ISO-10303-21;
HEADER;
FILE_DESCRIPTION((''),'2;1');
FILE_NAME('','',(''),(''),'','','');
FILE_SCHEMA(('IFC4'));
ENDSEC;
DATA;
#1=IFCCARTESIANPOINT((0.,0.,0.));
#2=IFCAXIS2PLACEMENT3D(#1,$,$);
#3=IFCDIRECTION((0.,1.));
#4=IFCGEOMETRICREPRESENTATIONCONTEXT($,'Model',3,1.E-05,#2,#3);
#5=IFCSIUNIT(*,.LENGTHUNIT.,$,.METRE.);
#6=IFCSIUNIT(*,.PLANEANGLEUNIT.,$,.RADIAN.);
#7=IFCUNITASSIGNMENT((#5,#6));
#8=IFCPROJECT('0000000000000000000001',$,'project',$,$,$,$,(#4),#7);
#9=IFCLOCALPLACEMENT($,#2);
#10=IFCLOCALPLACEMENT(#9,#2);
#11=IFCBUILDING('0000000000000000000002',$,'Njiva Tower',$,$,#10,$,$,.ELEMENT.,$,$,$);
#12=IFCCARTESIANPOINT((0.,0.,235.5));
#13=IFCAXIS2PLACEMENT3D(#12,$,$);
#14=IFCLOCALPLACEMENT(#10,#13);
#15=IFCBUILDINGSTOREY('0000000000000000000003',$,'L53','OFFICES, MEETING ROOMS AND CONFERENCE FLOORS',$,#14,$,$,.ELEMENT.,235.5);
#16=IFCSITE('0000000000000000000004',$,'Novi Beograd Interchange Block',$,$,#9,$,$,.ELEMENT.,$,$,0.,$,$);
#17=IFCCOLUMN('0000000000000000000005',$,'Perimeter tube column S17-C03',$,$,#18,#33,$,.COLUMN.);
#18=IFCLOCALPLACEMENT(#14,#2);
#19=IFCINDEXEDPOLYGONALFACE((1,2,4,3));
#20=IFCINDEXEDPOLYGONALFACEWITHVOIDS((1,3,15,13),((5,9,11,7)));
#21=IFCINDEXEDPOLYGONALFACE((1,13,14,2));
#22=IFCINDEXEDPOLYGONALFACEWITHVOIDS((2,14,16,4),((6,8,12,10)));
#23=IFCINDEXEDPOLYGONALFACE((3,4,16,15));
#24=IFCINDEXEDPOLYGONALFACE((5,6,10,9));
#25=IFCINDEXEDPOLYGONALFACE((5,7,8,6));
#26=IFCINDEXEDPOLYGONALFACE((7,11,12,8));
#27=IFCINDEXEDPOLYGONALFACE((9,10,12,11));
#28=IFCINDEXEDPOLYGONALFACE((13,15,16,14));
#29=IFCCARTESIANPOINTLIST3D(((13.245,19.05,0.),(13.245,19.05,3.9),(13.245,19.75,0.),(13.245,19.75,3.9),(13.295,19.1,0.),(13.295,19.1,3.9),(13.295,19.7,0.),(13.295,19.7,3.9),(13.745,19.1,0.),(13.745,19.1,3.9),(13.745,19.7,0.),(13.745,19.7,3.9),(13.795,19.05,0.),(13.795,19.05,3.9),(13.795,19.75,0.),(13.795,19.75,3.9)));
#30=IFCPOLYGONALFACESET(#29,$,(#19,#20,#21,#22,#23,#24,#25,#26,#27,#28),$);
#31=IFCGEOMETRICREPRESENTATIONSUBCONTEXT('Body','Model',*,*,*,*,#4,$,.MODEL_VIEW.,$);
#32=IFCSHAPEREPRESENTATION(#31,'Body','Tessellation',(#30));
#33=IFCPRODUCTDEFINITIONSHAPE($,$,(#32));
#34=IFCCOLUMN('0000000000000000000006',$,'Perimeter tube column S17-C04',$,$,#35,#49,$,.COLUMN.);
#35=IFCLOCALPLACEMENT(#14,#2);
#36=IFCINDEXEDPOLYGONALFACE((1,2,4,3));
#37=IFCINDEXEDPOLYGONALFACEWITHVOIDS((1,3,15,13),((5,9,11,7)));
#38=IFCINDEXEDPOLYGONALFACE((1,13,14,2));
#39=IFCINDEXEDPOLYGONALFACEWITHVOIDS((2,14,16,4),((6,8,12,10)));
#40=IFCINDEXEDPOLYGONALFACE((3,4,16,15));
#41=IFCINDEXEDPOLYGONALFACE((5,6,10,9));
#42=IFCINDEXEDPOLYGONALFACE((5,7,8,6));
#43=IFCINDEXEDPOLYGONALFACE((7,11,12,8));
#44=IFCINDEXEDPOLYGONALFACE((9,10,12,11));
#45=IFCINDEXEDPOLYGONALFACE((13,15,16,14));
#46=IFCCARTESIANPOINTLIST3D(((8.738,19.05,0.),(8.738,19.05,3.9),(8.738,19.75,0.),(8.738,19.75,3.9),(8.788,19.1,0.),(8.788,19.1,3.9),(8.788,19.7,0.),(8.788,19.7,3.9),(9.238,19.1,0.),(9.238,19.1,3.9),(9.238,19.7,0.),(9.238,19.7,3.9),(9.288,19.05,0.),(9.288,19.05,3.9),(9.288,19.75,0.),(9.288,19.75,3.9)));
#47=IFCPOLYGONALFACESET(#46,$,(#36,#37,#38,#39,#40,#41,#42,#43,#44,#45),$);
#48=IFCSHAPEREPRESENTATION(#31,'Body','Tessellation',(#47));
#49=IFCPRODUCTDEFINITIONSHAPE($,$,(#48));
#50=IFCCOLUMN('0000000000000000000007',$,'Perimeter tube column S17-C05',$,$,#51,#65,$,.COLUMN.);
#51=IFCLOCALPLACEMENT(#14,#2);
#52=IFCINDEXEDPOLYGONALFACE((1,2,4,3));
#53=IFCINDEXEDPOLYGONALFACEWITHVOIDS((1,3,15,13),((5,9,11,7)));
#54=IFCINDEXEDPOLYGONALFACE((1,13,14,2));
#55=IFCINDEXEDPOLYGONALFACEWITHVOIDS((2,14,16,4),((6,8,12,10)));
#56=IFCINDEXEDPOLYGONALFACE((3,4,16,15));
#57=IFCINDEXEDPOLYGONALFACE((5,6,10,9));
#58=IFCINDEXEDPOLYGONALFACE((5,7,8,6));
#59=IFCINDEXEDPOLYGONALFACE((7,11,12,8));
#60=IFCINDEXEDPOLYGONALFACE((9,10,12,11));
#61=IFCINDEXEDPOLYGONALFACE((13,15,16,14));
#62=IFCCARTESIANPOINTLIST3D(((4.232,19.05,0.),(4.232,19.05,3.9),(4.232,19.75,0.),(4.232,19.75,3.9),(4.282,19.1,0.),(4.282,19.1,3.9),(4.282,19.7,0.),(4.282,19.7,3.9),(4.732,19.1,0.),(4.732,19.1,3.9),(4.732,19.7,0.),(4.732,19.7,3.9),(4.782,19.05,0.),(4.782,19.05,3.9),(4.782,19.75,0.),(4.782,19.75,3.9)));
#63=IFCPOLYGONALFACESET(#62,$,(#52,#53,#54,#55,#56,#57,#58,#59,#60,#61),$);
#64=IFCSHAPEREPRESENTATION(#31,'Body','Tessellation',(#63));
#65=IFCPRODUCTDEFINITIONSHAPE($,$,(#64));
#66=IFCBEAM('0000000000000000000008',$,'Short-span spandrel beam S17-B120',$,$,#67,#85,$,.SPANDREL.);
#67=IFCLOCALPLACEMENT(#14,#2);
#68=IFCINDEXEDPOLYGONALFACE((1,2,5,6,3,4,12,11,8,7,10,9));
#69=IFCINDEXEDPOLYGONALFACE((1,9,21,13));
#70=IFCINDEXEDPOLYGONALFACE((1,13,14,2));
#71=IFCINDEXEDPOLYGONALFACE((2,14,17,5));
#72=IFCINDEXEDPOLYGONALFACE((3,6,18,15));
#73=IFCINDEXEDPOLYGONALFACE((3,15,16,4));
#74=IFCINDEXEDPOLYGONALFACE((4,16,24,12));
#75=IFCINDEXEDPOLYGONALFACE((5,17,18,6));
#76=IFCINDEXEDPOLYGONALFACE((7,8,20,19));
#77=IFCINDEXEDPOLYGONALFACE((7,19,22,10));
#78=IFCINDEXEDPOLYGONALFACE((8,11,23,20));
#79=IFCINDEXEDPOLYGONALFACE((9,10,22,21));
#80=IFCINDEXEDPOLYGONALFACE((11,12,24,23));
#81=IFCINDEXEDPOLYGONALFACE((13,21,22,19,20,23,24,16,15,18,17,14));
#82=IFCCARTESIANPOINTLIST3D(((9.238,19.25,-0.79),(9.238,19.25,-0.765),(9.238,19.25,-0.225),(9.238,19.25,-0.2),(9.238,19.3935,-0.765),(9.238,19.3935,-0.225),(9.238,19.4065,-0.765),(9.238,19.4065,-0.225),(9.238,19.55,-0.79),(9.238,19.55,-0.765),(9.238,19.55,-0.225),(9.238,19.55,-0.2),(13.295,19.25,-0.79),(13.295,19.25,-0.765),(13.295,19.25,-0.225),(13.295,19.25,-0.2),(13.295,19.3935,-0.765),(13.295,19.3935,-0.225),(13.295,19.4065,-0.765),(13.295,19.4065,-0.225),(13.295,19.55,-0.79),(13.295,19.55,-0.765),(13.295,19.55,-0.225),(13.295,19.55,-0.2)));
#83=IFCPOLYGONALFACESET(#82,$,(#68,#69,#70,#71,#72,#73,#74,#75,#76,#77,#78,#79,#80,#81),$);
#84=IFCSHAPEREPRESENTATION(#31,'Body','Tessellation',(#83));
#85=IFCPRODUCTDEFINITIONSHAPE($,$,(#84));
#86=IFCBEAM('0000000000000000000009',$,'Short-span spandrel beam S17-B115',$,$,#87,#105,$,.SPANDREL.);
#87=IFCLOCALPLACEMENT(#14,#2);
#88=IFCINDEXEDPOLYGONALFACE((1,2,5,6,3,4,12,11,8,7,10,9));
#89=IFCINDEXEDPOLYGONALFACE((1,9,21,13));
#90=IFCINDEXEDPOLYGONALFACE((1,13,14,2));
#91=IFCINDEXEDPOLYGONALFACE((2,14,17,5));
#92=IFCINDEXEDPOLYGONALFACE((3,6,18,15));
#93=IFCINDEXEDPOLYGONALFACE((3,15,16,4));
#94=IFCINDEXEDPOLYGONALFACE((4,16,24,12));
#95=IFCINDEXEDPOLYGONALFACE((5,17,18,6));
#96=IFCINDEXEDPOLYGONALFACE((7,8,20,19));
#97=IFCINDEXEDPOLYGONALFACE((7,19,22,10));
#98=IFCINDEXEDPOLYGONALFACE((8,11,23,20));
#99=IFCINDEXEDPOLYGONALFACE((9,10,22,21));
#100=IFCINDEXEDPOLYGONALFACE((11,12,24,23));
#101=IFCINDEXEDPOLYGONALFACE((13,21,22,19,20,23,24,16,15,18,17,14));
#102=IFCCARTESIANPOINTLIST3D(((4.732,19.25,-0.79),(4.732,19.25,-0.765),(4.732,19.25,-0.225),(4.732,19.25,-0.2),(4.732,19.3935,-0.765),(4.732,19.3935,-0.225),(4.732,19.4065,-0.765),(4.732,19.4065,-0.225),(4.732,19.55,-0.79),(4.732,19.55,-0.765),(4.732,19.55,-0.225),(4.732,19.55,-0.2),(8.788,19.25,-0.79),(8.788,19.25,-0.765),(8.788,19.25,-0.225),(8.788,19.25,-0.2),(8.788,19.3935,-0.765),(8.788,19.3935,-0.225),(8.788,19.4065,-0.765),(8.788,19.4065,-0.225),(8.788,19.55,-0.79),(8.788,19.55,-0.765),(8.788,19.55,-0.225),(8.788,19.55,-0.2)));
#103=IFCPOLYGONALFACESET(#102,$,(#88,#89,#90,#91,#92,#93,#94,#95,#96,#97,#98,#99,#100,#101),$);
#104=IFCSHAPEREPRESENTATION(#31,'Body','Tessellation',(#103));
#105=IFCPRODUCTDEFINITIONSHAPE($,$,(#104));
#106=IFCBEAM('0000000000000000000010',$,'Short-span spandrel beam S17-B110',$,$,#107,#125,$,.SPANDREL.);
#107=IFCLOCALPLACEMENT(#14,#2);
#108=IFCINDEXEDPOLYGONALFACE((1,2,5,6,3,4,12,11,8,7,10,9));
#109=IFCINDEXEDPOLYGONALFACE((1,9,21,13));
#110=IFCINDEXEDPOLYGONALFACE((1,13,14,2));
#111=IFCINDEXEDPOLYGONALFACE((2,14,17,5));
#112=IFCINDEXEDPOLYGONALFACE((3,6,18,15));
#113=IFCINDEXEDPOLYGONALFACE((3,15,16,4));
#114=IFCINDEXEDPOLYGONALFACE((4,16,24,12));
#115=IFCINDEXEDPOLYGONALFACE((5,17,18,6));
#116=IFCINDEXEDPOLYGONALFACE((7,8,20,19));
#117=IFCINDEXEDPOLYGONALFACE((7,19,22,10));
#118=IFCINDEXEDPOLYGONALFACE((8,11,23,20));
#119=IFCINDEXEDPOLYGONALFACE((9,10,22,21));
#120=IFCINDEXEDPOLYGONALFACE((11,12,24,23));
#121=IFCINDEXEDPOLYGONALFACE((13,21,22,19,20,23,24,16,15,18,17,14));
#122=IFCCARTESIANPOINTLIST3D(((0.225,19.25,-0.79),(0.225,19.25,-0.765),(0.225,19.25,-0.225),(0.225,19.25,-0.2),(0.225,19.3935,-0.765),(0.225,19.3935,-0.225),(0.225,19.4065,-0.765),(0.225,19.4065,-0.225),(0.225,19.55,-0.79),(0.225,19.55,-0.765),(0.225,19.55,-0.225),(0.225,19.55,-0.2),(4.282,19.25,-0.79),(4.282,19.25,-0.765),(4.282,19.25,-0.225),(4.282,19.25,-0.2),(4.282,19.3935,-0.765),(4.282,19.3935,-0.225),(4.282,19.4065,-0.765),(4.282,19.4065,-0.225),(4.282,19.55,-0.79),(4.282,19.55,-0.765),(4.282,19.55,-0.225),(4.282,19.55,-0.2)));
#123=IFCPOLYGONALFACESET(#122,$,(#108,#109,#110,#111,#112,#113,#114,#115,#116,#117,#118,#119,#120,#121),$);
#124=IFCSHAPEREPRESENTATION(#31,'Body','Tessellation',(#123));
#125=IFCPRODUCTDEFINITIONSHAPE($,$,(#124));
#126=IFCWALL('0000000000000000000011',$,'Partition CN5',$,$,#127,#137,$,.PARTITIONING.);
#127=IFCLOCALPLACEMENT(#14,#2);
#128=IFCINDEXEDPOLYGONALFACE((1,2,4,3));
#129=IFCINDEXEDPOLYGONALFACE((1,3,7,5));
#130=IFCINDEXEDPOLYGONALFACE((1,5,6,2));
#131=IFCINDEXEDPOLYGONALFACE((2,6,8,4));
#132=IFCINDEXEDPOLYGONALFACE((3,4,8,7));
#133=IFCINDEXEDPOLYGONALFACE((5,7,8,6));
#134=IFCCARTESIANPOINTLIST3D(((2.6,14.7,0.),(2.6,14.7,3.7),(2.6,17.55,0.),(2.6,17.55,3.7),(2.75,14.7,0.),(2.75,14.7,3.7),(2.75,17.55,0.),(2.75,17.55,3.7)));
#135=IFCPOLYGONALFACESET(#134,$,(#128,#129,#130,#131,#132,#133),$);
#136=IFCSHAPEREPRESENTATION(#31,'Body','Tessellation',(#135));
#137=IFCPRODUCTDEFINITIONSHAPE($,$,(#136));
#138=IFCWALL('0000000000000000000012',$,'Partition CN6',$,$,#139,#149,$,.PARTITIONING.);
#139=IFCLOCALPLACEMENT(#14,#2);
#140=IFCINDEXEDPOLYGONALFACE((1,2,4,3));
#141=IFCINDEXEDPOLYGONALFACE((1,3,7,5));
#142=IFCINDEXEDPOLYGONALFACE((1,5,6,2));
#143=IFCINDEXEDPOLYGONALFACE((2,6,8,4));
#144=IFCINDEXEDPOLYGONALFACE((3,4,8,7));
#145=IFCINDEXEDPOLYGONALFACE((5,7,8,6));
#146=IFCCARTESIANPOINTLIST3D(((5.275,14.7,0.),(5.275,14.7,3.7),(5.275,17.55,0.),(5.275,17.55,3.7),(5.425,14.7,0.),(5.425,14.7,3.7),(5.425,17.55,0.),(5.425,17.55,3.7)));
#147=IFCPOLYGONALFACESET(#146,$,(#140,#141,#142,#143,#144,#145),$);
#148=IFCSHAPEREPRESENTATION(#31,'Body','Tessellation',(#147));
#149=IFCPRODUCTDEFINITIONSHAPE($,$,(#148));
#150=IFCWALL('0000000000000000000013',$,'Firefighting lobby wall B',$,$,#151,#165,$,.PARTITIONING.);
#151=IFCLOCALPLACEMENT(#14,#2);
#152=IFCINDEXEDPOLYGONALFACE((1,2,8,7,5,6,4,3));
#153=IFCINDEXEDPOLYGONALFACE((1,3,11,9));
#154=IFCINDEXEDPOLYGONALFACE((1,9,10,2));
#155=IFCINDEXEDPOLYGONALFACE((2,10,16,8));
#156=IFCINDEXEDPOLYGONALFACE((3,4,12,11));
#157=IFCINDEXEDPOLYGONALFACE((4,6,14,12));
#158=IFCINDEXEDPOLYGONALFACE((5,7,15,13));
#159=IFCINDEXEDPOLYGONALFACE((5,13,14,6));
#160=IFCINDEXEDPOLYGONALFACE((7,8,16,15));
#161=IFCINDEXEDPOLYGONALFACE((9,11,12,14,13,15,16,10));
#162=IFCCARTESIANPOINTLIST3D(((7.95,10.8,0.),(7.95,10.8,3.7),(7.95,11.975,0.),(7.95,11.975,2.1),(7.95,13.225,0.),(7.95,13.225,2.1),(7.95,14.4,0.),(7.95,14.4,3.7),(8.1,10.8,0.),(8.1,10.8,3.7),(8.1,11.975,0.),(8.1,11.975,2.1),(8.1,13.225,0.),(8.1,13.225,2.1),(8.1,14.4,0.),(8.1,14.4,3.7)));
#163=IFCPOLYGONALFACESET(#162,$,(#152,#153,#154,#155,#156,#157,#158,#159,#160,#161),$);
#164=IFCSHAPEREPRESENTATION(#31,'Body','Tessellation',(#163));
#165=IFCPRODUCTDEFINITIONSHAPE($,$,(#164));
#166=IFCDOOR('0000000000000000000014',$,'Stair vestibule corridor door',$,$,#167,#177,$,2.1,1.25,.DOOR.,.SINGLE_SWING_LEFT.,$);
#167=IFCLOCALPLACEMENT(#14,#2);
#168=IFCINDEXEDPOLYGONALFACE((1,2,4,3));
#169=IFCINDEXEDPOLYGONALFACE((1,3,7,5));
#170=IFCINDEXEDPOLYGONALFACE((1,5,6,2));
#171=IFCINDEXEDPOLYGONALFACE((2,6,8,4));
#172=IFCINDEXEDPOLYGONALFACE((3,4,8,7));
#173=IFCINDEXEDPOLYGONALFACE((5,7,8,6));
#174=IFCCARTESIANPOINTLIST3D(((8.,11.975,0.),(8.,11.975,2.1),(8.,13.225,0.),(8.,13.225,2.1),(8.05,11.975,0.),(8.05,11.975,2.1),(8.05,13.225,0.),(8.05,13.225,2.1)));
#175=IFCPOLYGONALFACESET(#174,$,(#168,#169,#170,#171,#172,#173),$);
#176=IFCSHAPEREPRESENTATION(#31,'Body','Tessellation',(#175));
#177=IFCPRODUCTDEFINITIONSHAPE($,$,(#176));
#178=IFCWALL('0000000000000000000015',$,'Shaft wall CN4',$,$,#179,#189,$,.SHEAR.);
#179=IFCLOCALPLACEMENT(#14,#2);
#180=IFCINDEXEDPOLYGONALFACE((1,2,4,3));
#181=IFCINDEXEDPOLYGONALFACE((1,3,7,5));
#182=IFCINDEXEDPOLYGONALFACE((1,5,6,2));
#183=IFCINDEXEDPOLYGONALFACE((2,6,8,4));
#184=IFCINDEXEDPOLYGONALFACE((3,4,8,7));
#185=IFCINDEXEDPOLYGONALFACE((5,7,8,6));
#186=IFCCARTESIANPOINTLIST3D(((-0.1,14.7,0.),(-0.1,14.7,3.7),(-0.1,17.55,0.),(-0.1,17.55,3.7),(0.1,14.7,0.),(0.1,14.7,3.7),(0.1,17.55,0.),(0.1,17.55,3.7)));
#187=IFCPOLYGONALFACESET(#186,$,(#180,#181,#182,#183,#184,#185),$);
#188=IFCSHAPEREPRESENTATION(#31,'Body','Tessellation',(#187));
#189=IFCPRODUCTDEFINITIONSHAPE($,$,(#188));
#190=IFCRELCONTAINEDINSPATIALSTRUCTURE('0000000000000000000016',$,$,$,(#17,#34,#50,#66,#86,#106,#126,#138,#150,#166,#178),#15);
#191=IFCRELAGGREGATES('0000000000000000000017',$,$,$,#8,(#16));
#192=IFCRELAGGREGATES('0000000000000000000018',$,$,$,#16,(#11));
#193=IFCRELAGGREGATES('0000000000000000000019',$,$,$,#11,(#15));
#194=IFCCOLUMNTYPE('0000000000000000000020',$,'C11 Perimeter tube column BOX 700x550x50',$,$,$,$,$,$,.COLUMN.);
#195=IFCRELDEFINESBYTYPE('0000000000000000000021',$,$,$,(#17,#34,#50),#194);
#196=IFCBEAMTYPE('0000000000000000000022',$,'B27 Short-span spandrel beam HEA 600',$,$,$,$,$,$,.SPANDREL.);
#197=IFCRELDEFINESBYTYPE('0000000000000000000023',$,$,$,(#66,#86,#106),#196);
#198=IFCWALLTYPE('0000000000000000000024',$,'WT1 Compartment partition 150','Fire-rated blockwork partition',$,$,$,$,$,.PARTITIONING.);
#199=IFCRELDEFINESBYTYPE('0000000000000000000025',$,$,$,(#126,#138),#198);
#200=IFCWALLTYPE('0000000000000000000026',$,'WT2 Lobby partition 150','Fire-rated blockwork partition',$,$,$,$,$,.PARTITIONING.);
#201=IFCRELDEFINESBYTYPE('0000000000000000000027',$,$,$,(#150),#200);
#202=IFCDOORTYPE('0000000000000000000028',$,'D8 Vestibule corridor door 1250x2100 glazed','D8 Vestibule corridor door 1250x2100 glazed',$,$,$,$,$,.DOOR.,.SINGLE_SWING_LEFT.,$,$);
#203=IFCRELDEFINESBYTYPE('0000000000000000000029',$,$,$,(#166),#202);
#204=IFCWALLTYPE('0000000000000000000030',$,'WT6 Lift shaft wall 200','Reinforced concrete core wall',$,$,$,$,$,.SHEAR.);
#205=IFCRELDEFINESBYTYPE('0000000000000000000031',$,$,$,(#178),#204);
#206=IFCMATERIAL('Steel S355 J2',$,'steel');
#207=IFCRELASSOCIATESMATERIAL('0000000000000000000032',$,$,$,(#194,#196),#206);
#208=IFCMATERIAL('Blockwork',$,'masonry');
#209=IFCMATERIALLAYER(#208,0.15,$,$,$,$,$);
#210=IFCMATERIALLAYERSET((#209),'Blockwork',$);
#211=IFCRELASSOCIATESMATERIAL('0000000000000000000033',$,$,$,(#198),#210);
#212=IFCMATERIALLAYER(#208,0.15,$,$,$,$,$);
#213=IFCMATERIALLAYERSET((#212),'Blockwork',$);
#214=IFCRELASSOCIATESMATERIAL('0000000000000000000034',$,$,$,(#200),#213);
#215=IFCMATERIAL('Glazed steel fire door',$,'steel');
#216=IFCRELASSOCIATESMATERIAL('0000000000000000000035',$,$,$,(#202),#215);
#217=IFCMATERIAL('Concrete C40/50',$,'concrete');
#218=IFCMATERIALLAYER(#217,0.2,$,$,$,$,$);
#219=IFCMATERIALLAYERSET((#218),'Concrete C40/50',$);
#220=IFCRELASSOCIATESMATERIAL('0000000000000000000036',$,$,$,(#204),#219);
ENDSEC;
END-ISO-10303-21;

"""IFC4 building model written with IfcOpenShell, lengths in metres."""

from ifc_helpers import new_model, si_unit, direction, frame, frame_2d, origin, origin_2d, place, context, subcontext, project, spatial, rectangle, hollow_rectangle, i_section, extrude, material, layer, layer_set, material_profile, profile_set, type_object, element, fill, save


model = new_model("IFC4")

# Units and contexts
model_context = context("Model", 3, precision=1e-05, world=origin(), true_north=direction((0.0, 1.0)))
body_context = subcontext(model_context, "Body", "Model", "MODEL_VIEW")
ifc_project = project(units=[si_unit("LENGTHUNIT", "METRE"), si_unit("PLANEANGLEUNIT", "RADIAN")], contexts=[model_context])

# Site, building, storey
site_placement = place(None, origin())
site = spatial("IfcSite", under=ifc_project, at=site_placement, Name="Novi Beograd Interchange Block", CompositionType="ELEMENT", RefElevation=0.0)
building_placement = place(site_placement, origin())
building = spatial("IfcBuilding", under=site, at=building_placement, Name="Njiva Tower", CompositionType="ELEMENT")
storey_placement = place(building_placement, frame((0.0, 0.0, 235.5)))
storey = spatial("IfcBuildingStorey", under=building, at=storey_placement, Name="L53", Description="OFFICES, MEETING ROOMS AND CONFERENCE FLOORS", CompositionType="ELEMENT", Elevation=235.5)

# Columns
ifc_material_1 = material(Name="Steel S355 J2", Category="steel")
ifc_material_profile_1 = material_profile(ifc_material_1, hollow_rectangle(XDim=0.55, YDim=0.7, WallThickness=0.05, at=origin_2d()), Name="BOX 700x550x50")
ifc_profile_set_1 = profile_set([ifc_material_profile_1], Name="Steel S355 J2")
column_type = type_object("IfcColumnType", Name="C11 Perimeter tube column BOX 700x550x50", PredefinedType="COLUMN", material=ifc_profile_set_1)
for number, where, z_axis, x_axis, name in (
    (1, (13.52, 19.4, 0.0), (0.0, 0.0, 1.0), (-1.0, 0.0, 0.0), "Perimeter tube column S17-C03"),
    (2, (9.013, 19.4, 0.0), (0.0, 0.0, 1.0), (-1.0, 0.0, 0.0), "Perimeter tube column S17-C04"),
    (3, (4.507, 19.4, 0.0), (0.0, 0.0, 1.0), (-1.0, 0.0, 0.0), "Perimeter tube column S17-C05"),
):
    element("IfcColumn", number, at=place(storey_placement, frame(where, z_axis=z_axis, x_axis=x_axis)), inside=storey, type_object=column_type, Name=name, PredefinedType="COLUMN", context=body_context, shape_type="SweptSolid", body=[
        extrude(hollow_rectangle(XDim=0.55, YDim=0.7, WallThickness=0.05, at=origin_2d()), origin(), (0.0, 0.0, 1.0), 3.9),
    ])

# Beams
ifc_material_profile_2 = material_profile(ifc_material_1, i_section(OverallWidth=0.3, OverallDepth=0.59, WebThickness=0.013, FlangeThickness=0.025, at=origin_2d()), Name="HEA 600")
ifc_profile_set_2 = profile_set([ifc_material_profile_2], Name="Steel S355 J2")
beam_type = type_object("IfcBeamType", Name="B27 Short-span spandrel beam HEA 600", PredefinedType="SPANDREL", material=ifc_profile_set_2)
beam_1_placement = place(storey_placement, frame((13.295, 19.4, -0.495), z_axis=(-1.0, 0.0, 0.0), x_axis=(0.0, -1.0, 0.0)))
element("IfcBeam", 4, at=beam_1_placement, inside=storey, type_object=beam_type, Name="Short-span spandrel beam S17-B120", PredefinedType="SPANDREL", context=body_context, shape_type="SweptSolid", body=[
    extrude(i_section(OverallWidth=0.3, OverallDepth=0.59, WebThickness=0.013, FlangeThickness=0.025, at=origin_2d()), origin(), (0.0, 0.0, 1.0), 4.057),
])
beam_2_placement = place(storey_placement, frame((8.788, 19.4, -0.495), z_axis=(-1.0, 0.0, 0.0), x_axis=(0.0, -1.0, 0.0)))
element("IfcBeam", 5, at=beam_2_placement, inside=storey, type_object=beam_type, Name="Short-span spandrel beam S17-B115", PredefinedType="SPANDREL", context=body_context, shape_type="SweptSolid", body=[
    extrude(i_section(OverallWidth=0.3, OverallDepth=0.59, WebThickness=0.013, FlangeThickness=0.025, at=origin_2d()), origin(), (0.0, 0.0, 1.0), 4.056),
])
beam_3_placement = place(storey_placement, frame((4.282, 19.4, -0.495), z_axis=(-1.0, 0.0, 0.0), x_axis=(0.0, -1.0, 0.0)))
element("IfcBeam", 6, at=beam_3_placement, inside=storey, type_object=beam_type, Name="Short-span spandrel beam S17-B110", PredefinedType="SPANDREL", context=body_context, shape_type="SweptSolid", body=[
    extrude(i_section(OverallWidth=0.3, OverallDepth=0.59, WebThickness=0.013, FlangeThickness=0.025, at=origin_2d()), origin(), (0.0, 0.0, 1.0), 4.057),
])

# Walls
ifc_material_2 = material(Name="Blockwork", Category="masonry")
ifc_layer_1 = layer(ifc_material_2, 0.15)
ifc_layer_set_1 = layer_set([ifc_layer_1], Name="Blockwork")
wall_type_1 = type_object("IfcWallType", Name="WT1 Compartment partition 150", Description="Fire-rated blockwork partition", PredefinedType="PARTITIONING", material=ifc_layer_set_1)
for number, where, z_axis, x_axis, name in (
    (7, (2.675, 14.7, 0.0), (0.0, 0.0, 1.0), (0.0, 1.0, 0.0), "Partition CN5"),
    (8, (5.35, 14.7, 0.0), (0.0, 0.0, 1.0), (0.0, 1.0, 0.0), "Partition CN6"),
):
    element("IfcWall", number, at=place(storey_placement, frame(where, z_axis=z_axis, x_axis=x_axis)), inside=storey, type_object=wall_type_1, Name=name, PredefinedType="PARTITIONING", context=body_context, shape_type="SweptSolid", body=[
        extrude(rectangle(XDim=2.85, YDim=0.15, at=frame_2d((1.425, 0.0))), origin(), (0.0, 0.0, 1.0), 3.7),
    ])

# Wall, opening, door
ifc_layer_2 = layer(ifc_material_2, 0.15)
ifc_layer_set_2 = layer_set([ifc_layer_2], Name="Blockwork")
wall_type_2 = type_object("IfcWallType", Name="WT2 Lobby partition 150", Description="Fire-rated blockwork partition", PredefinedType="PARTITIONING", material=ifc_layer_set_2)
wall_1_placement = place(storey_placement, frame((8.025, 10.8, 0.0), z_axis=(0.0, 0.0, 1.0), x_axis=(0.0, 1.0, 0.0)))
wall_1 = element("IfcWall", 9, at=wall_1_placement, inside=storey, type_object=wall_type_2, Name="Firefighting lobby wall B", PredefinedType="PARTITIONING", context=body_context, shape_type="SweptSolid", body=[
    extrude(rectangle(XDim=3.6, YDim=0.15, at=frame_2d((1.8, 0.0))), origin(), (0.0, 0.0, 1.0), 3.7),
])
opening_1_placement = place(wall_1_placement, frame((1.175, 0.0, 0.0)))
opening_1 = element("IfcOpeningElement", 10, at=opening_1_placement, cuts=wall_1, PredefinedType="OPENING", context=body_context, shape_type="SweptSolid", body=[
    extrude(rectangle(XDim=1.25, YDim=2.1, at=frame_2d((0.625, 1.05))), frame((0.0, 0.085, 0.0), z_axis=(0.0, -1.0, 0.0), x_axis=(1.0, 0.0, 0.0)), (0.0, 0.0, 1.0), 0.17),
])
ifc_material_3 = material(Name="Glazed steel fire door", Category="steel")
door_type_1 = type_object("IfcDoorType", Name="D8 Vestibule corridor door 1250x2100 glazed", Description="D8 Vestibule corridor door 1250x2100 glazed", OperationType="SINGLE_SWING_LEFT", PredefinedType="DOOR", material=ifc_material_3)
door_1_placement = place(opening_1_placement, origin())
door_1 = element("IfcDoor", 11, at=door_1_placement, inside=storey, type_object=door_type_1, Name="Stair vestibule corridor door", OperationType="SINGLE_SWING_LEFT", OverallHeight=2.1, OverallWidth=1.25, PredefinedType="DOOR", context=body_context, shape_type="SweptSolid", body=[
    extrude(rectangle(XDim=1.25, YDim=2.1, at=frame_2d((0.625, 1.05))), frame((0.0, 0.025, 0.0), z_axis=(0.0, -1.0, 0.0), x_axis=(1.0, 0.0, 0.0)), (0.0, 0.0, 1.0), 0.05),
])
fill(opening_1, door_1)

# Wall
ifc_material_4 = material(Name="Concrete C40/50", Category="concrete")
ifc_layer_3 = layer(ifc_material_4, 0.2)
ifc_layer_set_3 = layer_set([ifc_layer_3], Name="Concrete C40/50")
wall_type_3 = type_object("IfcWallType", Name="WT6 Lift shaft wall 200", Description="Reinforced concrete core wall", PredefinedType="SHEAR", material=ifc_layer_set_3)
for number, where, z_axis, x_axis, name in (
    (12, (0.0, 14.7, 0.0), (0.0, 0.0, 1.0), (0.0, 1.0, 0.0), "Shaft wall CN4"),
):
    element("IfcWall", number, at=place(storey_placement, frame(where, z_axis=z_axis, x_axis=x_axis)), inside=storey, type_object=wall_type_3, Name=name, PredefinedType="SHEAR", context=body_context, shape_type="SweptSolid", body=[
        extrude(rectangle(XDim=2.85, YDim=0.2, at=frame_2d((1.425, 0.0))), origin(), (0.0, 0.0, 1.0), 3.7),
    ])

save(model, "model.ifc")
